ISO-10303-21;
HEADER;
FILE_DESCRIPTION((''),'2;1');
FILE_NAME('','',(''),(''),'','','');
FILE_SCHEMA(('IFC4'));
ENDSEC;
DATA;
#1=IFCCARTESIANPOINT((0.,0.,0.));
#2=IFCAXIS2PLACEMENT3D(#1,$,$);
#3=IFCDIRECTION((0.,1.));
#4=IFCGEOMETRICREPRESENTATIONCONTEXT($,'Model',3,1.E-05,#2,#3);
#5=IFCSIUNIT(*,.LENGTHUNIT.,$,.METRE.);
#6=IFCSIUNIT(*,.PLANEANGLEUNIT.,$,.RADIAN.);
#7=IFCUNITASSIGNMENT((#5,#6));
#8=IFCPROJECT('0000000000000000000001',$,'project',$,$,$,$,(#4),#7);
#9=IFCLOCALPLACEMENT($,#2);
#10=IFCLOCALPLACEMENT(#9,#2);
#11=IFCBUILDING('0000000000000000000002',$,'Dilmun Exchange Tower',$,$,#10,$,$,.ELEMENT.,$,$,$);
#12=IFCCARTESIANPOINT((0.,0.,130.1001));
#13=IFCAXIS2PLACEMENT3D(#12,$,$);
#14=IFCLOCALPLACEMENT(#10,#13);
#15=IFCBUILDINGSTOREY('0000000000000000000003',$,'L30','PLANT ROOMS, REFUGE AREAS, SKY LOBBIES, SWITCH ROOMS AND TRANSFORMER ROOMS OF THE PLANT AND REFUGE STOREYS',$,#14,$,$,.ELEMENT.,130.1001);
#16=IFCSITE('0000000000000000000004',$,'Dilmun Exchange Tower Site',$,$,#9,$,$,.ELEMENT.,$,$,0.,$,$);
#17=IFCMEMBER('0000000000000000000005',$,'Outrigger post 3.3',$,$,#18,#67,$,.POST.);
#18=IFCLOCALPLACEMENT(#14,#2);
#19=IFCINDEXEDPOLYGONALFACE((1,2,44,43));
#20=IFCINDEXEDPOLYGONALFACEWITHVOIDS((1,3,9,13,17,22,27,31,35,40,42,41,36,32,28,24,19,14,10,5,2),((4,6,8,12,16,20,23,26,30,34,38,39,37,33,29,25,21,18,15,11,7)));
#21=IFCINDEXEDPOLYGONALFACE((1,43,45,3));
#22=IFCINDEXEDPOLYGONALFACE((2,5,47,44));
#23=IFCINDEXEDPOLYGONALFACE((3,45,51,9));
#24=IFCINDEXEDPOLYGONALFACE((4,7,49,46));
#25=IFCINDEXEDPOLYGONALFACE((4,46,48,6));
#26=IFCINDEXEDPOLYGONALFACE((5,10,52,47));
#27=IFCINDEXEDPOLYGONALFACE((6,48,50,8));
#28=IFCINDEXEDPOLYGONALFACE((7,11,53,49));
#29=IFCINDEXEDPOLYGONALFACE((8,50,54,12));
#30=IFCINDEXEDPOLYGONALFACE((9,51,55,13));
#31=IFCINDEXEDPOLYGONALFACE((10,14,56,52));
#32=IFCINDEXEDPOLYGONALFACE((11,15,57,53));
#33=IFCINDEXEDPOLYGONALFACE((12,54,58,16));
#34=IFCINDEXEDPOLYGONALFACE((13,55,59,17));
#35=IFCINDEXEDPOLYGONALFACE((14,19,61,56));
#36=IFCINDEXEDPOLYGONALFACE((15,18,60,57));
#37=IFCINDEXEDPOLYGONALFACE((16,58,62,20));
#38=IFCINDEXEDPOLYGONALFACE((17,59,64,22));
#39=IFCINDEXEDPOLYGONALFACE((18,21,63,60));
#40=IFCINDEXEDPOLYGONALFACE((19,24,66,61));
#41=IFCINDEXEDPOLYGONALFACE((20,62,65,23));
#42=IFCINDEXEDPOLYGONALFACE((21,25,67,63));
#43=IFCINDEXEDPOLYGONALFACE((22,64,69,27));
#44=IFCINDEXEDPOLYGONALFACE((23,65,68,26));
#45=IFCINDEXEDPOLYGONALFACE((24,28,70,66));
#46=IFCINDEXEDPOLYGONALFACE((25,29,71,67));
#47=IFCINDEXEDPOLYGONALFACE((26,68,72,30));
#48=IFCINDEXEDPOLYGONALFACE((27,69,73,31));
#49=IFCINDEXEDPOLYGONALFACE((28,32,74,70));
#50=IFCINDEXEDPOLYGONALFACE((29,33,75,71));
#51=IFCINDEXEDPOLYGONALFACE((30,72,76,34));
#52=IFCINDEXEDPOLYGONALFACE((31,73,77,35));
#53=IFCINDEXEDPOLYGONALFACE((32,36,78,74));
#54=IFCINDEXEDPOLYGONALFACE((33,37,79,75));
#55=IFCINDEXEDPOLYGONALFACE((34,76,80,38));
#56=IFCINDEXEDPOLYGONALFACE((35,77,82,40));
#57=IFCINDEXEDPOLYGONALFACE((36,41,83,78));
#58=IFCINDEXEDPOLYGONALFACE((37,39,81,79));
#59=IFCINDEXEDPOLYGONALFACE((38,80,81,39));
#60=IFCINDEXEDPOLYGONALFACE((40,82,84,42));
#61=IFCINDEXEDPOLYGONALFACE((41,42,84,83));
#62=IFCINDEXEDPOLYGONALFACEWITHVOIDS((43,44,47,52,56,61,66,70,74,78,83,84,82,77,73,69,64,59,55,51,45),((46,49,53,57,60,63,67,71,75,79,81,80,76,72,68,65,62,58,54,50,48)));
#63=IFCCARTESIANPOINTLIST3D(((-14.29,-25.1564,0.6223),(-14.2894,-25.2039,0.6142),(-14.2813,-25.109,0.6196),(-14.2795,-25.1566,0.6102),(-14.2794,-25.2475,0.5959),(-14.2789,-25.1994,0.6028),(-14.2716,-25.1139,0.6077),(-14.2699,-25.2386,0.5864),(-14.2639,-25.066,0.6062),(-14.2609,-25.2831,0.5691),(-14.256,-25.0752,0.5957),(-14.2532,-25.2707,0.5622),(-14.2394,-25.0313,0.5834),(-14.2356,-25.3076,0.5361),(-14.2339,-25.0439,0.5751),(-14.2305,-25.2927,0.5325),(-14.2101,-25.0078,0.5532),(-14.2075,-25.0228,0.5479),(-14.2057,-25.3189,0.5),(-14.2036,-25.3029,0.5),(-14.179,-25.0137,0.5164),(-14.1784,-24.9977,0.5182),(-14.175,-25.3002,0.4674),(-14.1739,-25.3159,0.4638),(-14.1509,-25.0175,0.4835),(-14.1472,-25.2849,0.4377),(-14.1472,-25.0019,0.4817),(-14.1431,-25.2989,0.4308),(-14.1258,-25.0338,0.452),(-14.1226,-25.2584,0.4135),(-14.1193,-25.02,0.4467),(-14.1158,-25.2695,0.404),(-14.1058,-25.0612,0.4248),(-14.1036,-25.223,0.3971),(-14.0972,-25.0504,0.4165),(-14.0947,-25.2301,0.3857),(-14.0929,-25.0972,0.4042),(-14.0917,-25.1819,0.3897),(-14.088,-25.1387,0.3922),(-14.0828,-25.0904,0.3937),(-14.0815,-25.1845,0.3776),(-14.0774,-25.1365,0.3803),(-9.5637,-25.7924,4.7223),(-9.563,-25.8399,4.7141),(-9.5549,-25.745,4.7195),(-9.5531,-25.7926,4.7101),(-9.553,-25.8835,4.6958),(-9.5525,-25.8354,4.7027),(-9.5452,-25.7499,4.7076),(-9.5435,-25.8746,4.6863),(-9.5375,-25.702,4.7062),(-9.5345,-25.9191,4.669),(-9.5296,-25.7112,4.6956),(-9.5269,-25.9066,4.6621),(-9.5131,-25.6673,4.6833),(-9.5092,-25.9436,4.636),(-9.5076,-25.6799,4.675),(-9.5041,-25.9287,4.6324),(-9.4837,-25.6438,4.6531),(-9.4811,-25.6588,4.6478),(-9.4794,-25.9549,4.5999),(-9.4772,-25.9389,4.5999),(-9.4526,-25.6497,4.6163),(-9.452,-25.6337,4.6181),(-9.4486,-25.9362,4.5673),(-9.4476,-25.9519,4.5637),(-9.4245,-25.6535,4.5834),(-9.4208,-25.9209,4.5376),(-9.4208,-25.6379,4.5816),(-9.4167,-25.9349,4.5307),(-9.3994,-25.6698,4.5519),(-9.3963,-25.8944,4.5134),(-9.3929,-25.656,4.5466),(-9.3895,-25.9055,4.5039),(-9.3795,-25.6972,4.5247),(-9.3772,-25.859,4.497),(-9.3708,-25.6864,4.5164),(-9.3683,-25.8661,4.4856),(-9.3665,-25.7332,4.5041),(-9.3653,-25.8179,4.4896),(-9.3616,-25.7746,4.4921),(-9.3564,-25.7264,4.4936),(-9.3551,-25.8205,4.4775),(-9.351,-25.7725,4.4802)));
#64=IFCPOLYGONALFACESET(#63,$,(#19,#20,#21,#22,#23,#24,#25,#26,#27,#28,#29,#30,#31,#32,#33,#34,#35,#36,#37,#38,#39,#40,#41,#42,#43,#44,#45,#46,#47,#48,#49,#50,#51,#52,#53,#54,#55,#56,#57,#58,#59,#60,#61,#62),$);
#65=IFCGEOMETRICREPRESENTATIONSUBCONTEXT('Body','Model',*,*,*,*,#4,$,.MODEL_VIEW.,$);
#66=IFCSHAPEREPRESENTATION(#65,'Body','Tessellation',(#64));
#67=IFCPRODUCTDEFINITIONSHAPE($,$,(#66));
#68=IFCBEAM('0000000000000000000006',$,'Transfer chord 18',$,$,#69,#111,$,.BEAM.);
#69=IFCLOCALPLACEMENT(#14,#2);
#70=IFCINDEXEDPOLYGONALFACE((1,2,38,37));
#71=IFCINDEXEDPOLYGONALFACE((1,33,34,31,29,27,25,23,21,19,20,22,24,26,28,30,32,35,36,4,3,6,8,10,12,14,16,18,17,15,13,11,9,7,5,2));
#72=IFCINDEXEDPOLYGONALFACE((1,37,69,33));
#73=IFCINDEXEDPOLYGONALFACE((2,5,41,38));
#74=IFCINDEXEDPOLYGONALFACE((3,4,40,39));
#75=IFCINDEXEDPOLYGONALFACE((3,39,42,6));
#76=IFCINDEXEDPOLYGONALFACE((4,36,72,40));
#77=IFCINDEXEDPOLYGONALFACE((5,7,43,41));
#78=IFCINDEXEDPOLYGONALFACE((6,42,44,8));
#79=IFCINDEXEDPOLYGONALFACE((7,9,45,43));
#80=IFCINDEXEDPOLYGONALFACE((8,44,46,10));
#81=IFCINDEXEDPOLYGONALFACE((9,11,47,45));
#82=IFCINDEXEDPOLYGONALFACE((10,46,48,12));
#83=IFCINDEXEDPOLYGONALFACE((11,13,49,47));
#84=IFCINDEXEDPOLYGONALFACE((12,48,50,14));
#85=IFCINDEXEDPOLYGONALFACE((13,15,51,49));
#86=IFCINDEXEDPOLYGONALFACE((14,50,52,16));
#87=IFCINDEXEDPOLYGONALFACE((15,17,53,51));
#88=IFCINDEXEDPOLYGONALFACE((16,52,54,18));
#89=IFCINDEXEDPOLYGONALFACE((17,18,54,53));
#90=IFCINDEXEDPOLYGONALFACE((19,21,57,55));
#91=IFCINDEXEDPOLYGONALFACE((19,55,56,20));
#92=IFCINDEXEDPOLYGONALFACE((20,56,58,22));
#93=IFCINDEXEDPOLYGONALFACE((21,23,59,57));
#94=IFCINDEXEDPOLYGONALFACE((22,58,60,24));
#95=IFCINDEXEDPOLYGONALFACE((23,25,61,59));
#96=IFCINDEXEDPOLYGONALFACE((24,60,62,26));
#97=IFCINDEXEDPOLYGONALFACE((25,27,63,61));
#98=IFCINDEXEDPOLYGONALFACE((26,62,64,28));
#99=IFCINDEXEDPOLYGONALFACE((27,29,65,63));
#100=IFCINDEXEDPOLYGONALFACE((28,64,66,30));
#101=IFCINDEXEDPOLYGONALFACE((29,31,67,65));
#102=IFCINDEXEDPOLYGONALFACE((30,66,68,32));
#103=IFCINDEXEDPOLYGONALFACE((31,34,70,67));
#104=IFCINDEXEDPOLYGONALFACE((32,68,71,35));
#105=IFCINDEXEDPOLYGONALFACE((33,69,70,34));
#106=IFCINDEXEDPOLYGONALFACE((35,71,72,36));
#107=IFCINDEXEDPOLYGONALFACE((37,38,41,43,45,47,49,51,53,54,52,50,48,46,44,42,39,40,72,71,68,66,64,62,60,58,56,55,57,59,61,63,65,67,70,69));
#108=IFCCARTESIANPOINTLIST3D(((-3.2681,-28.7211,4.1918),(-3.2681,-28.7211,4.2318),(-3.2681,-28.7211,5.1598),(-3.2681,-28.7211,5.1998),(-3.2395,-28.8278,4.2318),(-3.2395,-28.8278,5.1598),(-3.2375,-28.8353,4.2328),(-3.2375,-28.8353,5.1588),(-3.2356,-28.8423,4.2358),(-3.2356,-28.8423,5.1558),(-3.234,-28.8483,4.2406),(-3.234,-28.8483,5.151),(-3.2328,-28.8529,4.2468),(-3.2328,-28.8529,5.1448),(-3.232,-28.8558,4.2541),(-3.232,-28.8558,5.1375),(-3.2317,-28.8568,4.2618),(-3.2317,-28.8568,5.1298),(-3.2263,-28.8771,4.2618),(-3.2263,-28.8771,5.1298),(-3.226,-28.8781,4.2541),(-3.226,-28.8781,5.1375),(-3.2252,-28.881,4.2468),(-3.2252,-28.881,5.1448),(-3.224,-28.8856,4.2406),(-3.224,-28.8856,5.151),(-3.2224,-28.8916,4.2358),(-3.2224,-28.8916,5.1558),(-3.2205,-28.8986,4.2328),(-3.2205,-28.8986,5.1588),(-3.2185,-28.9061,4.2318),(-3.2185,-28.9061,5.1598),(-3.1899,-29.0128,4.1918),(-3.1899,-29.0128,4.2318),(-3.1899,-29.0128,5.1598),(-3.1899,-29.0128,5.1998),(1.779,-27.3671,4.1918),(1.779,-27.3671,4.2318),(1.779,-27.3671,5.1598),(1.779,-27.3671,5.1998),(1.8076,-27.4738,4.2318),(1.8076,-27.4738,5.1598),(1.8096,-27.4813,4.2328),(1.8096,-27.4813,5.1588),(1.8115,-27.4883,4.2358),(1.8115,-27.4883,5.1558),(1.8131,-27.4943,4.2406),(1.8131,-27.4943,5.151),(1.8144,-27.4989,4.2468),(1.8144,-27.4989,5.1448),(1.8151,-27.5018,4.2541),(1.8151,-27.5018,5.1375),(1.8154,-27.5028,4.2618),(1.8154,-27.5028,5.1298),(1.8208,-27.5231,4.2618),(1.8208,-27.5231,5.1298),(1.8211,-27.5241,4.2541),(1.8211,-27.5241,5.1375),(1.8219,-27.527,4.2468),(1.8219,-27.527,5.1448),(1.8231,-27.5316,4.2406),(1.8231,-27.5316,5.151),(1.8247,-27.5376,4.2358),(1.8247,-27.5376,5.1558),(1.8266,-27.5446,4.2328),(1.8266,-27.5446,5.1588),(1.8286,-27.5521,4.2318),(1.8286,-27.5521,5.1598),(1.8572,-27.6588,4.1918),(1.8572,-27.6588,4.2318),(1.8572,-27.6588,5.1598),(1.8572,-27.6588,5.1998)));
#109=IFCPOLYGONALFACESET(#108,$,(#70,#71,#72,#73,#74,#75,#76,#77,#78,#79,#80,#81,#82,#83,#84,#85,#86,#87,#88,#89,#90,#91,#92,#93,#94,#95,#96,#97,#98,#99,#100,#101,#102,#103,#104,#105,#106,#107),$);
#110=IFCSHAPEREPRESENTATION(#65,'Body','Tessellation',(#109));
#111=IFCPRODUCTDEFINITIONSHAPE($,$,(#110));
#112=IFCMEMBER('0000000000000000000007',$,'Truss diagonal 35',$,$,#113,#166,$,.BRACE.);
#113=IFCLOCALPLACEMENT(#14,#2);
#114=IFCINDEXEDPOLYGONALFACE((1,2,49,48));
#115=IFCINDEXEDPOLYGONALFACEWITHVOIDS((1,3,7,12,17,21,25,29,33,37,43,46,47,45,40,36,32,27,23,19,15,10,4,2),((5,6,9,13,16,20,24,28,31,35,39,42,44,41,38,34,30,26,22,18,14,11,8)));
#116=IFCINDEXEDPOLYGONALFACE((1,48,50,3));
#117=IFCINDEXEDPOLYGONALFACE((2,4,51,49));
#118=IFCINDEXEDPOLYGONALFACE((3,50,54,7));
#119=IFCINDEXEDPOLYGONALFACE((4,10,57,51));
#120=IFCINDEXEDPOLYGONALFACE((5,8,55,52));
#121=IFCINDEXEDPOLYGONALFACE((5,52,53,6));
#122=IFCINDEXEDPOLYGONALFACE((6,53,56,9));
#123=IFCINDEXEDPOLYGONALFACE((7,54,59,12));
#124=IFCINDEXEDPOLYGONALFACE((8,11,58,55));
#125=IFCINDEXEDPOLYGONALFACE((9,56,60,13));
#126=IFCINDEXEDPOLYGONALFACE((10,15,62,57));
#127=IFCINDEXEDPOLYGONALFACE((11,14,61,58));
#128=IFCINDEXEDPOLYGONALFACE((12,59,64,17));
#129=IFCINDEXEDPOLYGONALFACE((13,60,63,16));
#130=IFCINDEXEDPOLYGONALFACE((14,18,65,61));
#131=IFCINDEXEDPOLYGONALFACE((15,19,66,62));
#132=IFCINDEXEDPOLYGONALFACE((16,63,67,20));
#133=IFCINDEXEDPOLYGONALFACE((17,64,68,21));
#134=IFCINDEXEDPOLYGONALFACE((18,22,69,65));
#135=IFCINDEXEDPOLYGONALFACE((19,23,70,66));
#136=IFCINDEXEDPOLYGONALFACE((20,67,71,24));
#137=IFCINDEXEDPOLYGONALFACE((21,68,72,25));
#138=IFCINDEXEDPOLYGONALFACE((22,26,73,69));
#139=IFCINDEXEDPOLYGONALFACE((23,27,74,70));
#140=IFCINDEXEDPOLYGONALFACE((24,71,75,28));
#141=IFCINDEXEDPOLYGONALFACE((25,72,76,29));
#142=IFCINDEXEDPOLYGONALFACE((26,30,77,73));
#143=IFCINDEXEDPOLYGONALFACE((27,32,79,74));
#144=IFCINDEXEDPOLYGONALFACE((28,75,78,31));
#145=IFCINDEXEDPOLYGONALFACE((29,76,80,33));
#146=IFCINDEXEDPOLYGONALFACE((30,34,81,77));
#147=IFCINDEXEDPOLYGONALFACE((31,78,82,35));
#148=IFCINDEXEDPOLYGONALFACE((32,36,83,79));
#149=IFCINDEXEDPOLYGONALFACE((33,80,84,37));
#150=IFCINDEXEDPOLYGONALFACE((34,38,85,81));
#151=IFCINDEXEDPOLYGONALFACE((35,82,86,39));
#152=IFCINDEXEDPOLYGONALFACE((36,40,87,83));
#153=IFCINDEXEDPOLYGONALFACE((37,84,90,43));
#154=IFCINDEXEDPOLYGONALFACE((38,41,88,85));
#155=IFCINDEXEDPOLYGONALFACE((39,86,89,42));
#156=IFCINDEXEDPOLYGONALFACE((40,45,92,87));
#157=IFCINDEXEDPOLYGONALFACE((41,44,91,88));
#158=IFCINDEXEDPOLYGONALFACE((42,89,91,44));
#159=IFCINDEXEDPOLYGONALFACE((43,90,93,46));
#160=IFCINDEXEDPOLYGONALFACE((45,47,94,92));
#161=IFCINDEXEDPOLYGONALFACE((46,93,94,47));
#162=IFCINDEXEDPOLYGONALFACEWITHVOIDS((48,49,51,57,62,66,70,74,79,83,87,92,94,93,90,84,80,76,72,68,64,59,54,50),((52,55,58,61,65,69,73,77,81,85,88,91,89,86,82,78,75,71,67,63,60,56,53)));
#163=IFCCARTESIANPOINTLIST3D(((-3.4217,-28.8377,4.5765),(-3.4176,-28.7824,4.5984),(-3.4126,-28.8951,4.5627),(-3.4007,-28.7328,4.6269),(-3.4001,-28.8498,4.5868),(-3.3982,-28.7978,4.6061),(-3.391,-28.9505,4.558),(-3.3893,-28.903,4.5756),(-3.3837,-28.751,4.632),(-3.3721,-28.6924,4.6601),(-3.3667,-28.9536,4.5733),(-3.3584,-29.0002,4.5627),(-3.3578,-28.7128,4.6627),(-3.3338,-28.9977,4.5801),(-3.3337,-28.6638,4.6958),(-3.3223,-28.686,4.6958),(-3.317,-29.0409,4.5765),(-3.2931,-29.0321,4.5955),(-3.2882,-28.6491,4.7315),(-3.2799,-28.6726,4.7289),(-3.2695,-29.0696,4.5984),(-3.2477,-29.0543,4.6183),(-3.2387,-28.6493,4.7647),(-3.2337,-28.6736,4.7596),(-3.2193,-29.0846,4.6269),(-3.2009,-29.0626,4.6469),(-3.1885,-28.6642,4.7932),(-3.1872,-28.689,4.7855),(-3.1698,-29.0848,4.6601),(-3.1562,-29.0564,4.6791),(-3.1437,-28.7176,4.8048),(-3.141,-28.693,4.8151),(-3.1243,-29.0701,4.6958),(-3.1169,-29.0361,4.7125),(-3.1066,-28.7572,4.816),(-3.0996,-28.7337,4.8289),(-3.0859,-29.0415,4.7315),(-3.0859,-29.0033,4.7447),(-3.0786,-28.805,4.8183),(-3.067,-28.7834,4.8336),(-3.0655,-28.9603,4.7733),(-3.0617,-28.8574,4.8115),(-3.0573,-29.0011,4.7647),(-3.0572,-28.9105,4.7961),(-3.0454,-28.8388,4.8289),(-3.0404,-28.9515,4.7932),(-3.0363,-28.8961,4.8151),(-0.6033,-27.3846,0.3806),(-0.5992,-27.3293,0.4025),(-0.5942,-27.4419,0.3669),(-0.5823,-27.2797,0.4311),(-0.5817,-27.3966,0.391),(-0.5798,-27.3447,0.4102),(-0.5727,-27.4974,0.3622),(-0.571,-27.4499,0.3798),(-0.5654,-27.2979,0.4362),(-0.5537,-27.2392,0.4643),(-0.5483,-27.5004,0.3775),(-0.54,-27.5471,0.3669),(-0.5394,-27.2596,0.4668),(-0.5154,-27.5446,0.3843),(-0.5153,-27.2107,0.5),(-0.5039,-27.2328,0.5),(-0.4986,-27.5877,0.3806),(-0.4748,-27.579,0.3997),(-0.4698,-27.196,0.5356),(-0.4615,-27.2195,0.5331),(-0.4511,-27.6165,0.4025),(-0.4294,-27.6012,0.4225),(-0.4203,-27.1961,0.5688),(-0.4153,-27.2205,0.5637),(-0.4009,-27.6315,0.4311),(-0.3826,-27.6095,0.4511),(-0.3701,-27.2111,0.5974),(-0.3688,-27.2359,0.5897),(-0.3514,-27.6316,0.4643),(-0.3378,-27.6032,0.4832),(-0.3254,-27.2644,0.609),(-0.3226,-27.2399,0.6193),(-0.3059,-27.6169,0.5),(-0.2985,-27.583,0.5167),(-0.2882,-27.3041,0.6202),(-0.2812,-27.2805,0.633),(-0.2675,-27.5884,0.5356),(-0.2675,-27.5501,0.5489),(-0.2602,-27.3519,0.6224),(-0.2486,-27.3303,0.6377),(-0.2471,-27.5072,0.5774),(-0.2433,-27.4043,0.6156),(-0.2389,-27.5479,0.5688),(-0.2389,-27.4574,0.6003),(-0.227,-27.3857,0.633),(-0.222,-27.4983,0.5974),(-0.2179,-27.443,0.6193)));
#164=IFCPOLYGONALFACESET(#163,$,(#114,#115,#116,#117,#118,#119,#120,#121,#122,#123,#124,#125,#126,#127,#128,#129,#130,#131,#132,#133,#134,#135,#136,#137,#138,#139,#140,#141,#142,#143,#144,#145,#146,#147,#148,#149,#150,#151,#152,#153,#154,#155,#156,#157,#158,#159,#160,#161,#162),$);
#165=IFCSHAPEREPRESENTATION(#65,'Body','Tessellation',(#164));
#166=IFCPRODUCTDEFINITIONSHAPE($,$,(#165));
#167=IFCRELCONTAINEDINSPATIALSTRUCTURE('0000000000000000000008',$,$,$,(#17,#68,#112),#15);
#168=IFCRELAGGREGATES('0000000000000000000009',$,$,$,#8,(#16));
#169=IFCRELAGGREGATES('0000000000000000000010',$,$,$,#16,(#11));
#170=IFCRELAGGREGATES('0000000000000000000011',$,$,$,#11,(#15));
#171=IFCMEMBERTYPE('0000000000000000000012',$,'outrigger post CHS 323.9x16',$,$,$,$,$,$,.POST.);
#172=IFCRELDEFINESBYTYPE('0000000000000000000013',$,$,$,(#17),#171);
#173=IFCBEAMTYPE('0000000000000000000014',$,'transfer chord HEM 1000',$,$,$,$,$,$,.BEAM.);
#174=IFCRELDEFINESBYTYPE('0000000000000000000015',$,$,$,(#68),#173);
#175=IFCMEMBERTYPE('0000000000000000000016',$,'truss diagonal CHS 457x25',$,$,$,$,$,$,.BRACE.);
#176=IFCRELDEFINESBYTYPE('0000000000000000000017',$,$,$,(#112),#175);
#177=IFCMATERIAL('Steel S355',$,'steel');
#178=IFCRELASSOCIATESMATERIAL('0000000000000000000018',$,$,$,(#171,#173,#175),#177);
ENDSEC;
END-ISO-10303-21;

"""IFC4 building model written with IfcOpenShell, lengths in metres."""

from ifc_helpers import new_model, si_unit, direction, frame, origin, origin_2d, place, context, subcontext, project, spatial, hollow_circle, i_section, extrude, material, material_profile, profile_set, type_object, element, save


model = new_model("IFC4")

# Units and contexts
model_context = context("Model", 3, precision=1e-05, world=origin(), true_north=direction((0.0, 1.0)))
body_context = subcontext(model_context, "Body", "Model", "MODEL_VIEW")
ifc_project = project(units=[si_unit("LENGTHUNIT", "METRE"), si_unit("PLANEANGLEUNIT", "RADIAN")], contexts=[model_context])

# Site, building, storey
site_placement = place(None, origin())
site = spatial("IfcSite", under=ifc_project, at=site_placement, Name="Dilmun Exchange Tower Site", CompositionType="ELEMENT", RefElevation=0.0)
building_placement = place(site_placement, origin())
building = spatial("IfcBuilding", under=site, at=building_placement, Name="Dilmun Exchange Tower", CompositionType="ELEMENT")
storey_placement = place(building_placement, frame((0.0, 0.0, 130.1001)))
storey = spatial("IfcBuildingStorey", under=building, at=storey_placement, Name="L30", Description="PLANT ROOMS, REFUGE AREAS, SKY LOBBIES, SWITCH ROOMS AND TRANSFORMER ROOMS OF THE PLANT AND REFUGE STOREYS", CompositionType="ELEMENT", Elevation=130.1001)

# Shared definitions
ifc_material_1 = material(Name="Steel S355", Category="steel")

# Member
ifc_material_profile_1 = material_profile(ifc_material_1, hollow_circle(Radius=0.1619, WallThickness=0.0161, at=origin_2d()), Name="CHS 323.9x16")
ifc_profile_set_1 = profile_set([ifc_material_profile_1], Name="Steel S355")
member_type_1 = type_object("IfcMemberType", Name="outrigger post CHS 323.9x16", PredefinedType="POST", material=ifc_profile_set_1)
member_1_placement = place(storey_placement, frame((-9.4578, -25.7944, 4.5999), z_axis=(-0.751523, 0.101127, -0.65191), x_axis=(-0.133361, -0.991068, 0.0)))
element("IfcMember", 1, at=member_1_placement, inside=storey, type_object=member_type_1, Name="Outrigger post 3.3", PredefinedType="POST", context=body_context, shape_type="SweptSolid", body=[
    extrude(hollow_circle(Radius=0.1619, WallThickness=0.0161, at=origin_2d()), origin(), (0.0, 0.0, 1.0), 6.2891),
])

# Beam
ifc_material_profile_2 = material_profile(ifc_material_1, i_section(OverallWidth=0.302, OverallDepth=1.0081, WebThickness=0.021, FlangeThickness=0.04, FilletRadius=0.03, at=origin_2d()), Name="HEM 1000")
ifc_profile_set_2 = profile_set([ifc_material_profile_2], Name="Steel S355")
beam_type_1 = type_object("IfcBeamType", Name="transfer chord HEM 1000", PredefinedType="BEAM", material=ifc_profile_set_2)
beam_1_placement = place(storey_placement, frame((-3.229, -28.8669, 4.6958), z_axis=(0.965848, 0.25911, 0.0), x_axis=(-0.25911, 0.965848, 0.0)))
element("IfcBeam", 2, at=beam_1_placement, inside=storey, type_object=beam_type_1, Name="Transfer chord 18", PredefinedType="BEAM", context=body_context, shape_type="SweptSolid", body=[
    extrude(i_section(OverallWidth=0.302, OverallDepth=1.0081, WebThickness=0.021, FlangeThickness=0.04, FilletRadius=0.03, at=origin_2d()), origin(), (0.0, 0.0, 1.0), 5.2256),
])

# Member
ifc_material_profile_3 = material_profile(ifc_material_1, hollow_circle(Radius=0.2285, WallThickness=0.0249, at=origin_2d()), Name="CHS 457x25")
ifc_profile_set_3 = profile_set([ifc_material_profile_3], Name="Steel S355")
member_type_2 = type_object("IfcMemberType", Name="truss diagonal CHS 457x25", PredefinedType="BRACE", material=ifc_profile_set_3)
member_2_placement = place(storey_placement, frame((-3.229, -28.8669, 4.6958), z_axis=(0.535889, 0.2763, -0.797798), x_axis=(-0.458266, 0.888815, 0.0)))
element("IfcMember", 3, at=member_2_placement, inside=storey, type_object=member_type_2, Name="Truss diagonal 35", PredefinedType="BRACE", context=body_context, shape_type="SweptSolid", body=[
    extrude(hollow_circle(Radius=0.2285, WallThickness=0.0249, at=origin_2d()), origin(), (0.0, 0.0, 1.0), 5.2593),
])

save(model, "model.ifc")
